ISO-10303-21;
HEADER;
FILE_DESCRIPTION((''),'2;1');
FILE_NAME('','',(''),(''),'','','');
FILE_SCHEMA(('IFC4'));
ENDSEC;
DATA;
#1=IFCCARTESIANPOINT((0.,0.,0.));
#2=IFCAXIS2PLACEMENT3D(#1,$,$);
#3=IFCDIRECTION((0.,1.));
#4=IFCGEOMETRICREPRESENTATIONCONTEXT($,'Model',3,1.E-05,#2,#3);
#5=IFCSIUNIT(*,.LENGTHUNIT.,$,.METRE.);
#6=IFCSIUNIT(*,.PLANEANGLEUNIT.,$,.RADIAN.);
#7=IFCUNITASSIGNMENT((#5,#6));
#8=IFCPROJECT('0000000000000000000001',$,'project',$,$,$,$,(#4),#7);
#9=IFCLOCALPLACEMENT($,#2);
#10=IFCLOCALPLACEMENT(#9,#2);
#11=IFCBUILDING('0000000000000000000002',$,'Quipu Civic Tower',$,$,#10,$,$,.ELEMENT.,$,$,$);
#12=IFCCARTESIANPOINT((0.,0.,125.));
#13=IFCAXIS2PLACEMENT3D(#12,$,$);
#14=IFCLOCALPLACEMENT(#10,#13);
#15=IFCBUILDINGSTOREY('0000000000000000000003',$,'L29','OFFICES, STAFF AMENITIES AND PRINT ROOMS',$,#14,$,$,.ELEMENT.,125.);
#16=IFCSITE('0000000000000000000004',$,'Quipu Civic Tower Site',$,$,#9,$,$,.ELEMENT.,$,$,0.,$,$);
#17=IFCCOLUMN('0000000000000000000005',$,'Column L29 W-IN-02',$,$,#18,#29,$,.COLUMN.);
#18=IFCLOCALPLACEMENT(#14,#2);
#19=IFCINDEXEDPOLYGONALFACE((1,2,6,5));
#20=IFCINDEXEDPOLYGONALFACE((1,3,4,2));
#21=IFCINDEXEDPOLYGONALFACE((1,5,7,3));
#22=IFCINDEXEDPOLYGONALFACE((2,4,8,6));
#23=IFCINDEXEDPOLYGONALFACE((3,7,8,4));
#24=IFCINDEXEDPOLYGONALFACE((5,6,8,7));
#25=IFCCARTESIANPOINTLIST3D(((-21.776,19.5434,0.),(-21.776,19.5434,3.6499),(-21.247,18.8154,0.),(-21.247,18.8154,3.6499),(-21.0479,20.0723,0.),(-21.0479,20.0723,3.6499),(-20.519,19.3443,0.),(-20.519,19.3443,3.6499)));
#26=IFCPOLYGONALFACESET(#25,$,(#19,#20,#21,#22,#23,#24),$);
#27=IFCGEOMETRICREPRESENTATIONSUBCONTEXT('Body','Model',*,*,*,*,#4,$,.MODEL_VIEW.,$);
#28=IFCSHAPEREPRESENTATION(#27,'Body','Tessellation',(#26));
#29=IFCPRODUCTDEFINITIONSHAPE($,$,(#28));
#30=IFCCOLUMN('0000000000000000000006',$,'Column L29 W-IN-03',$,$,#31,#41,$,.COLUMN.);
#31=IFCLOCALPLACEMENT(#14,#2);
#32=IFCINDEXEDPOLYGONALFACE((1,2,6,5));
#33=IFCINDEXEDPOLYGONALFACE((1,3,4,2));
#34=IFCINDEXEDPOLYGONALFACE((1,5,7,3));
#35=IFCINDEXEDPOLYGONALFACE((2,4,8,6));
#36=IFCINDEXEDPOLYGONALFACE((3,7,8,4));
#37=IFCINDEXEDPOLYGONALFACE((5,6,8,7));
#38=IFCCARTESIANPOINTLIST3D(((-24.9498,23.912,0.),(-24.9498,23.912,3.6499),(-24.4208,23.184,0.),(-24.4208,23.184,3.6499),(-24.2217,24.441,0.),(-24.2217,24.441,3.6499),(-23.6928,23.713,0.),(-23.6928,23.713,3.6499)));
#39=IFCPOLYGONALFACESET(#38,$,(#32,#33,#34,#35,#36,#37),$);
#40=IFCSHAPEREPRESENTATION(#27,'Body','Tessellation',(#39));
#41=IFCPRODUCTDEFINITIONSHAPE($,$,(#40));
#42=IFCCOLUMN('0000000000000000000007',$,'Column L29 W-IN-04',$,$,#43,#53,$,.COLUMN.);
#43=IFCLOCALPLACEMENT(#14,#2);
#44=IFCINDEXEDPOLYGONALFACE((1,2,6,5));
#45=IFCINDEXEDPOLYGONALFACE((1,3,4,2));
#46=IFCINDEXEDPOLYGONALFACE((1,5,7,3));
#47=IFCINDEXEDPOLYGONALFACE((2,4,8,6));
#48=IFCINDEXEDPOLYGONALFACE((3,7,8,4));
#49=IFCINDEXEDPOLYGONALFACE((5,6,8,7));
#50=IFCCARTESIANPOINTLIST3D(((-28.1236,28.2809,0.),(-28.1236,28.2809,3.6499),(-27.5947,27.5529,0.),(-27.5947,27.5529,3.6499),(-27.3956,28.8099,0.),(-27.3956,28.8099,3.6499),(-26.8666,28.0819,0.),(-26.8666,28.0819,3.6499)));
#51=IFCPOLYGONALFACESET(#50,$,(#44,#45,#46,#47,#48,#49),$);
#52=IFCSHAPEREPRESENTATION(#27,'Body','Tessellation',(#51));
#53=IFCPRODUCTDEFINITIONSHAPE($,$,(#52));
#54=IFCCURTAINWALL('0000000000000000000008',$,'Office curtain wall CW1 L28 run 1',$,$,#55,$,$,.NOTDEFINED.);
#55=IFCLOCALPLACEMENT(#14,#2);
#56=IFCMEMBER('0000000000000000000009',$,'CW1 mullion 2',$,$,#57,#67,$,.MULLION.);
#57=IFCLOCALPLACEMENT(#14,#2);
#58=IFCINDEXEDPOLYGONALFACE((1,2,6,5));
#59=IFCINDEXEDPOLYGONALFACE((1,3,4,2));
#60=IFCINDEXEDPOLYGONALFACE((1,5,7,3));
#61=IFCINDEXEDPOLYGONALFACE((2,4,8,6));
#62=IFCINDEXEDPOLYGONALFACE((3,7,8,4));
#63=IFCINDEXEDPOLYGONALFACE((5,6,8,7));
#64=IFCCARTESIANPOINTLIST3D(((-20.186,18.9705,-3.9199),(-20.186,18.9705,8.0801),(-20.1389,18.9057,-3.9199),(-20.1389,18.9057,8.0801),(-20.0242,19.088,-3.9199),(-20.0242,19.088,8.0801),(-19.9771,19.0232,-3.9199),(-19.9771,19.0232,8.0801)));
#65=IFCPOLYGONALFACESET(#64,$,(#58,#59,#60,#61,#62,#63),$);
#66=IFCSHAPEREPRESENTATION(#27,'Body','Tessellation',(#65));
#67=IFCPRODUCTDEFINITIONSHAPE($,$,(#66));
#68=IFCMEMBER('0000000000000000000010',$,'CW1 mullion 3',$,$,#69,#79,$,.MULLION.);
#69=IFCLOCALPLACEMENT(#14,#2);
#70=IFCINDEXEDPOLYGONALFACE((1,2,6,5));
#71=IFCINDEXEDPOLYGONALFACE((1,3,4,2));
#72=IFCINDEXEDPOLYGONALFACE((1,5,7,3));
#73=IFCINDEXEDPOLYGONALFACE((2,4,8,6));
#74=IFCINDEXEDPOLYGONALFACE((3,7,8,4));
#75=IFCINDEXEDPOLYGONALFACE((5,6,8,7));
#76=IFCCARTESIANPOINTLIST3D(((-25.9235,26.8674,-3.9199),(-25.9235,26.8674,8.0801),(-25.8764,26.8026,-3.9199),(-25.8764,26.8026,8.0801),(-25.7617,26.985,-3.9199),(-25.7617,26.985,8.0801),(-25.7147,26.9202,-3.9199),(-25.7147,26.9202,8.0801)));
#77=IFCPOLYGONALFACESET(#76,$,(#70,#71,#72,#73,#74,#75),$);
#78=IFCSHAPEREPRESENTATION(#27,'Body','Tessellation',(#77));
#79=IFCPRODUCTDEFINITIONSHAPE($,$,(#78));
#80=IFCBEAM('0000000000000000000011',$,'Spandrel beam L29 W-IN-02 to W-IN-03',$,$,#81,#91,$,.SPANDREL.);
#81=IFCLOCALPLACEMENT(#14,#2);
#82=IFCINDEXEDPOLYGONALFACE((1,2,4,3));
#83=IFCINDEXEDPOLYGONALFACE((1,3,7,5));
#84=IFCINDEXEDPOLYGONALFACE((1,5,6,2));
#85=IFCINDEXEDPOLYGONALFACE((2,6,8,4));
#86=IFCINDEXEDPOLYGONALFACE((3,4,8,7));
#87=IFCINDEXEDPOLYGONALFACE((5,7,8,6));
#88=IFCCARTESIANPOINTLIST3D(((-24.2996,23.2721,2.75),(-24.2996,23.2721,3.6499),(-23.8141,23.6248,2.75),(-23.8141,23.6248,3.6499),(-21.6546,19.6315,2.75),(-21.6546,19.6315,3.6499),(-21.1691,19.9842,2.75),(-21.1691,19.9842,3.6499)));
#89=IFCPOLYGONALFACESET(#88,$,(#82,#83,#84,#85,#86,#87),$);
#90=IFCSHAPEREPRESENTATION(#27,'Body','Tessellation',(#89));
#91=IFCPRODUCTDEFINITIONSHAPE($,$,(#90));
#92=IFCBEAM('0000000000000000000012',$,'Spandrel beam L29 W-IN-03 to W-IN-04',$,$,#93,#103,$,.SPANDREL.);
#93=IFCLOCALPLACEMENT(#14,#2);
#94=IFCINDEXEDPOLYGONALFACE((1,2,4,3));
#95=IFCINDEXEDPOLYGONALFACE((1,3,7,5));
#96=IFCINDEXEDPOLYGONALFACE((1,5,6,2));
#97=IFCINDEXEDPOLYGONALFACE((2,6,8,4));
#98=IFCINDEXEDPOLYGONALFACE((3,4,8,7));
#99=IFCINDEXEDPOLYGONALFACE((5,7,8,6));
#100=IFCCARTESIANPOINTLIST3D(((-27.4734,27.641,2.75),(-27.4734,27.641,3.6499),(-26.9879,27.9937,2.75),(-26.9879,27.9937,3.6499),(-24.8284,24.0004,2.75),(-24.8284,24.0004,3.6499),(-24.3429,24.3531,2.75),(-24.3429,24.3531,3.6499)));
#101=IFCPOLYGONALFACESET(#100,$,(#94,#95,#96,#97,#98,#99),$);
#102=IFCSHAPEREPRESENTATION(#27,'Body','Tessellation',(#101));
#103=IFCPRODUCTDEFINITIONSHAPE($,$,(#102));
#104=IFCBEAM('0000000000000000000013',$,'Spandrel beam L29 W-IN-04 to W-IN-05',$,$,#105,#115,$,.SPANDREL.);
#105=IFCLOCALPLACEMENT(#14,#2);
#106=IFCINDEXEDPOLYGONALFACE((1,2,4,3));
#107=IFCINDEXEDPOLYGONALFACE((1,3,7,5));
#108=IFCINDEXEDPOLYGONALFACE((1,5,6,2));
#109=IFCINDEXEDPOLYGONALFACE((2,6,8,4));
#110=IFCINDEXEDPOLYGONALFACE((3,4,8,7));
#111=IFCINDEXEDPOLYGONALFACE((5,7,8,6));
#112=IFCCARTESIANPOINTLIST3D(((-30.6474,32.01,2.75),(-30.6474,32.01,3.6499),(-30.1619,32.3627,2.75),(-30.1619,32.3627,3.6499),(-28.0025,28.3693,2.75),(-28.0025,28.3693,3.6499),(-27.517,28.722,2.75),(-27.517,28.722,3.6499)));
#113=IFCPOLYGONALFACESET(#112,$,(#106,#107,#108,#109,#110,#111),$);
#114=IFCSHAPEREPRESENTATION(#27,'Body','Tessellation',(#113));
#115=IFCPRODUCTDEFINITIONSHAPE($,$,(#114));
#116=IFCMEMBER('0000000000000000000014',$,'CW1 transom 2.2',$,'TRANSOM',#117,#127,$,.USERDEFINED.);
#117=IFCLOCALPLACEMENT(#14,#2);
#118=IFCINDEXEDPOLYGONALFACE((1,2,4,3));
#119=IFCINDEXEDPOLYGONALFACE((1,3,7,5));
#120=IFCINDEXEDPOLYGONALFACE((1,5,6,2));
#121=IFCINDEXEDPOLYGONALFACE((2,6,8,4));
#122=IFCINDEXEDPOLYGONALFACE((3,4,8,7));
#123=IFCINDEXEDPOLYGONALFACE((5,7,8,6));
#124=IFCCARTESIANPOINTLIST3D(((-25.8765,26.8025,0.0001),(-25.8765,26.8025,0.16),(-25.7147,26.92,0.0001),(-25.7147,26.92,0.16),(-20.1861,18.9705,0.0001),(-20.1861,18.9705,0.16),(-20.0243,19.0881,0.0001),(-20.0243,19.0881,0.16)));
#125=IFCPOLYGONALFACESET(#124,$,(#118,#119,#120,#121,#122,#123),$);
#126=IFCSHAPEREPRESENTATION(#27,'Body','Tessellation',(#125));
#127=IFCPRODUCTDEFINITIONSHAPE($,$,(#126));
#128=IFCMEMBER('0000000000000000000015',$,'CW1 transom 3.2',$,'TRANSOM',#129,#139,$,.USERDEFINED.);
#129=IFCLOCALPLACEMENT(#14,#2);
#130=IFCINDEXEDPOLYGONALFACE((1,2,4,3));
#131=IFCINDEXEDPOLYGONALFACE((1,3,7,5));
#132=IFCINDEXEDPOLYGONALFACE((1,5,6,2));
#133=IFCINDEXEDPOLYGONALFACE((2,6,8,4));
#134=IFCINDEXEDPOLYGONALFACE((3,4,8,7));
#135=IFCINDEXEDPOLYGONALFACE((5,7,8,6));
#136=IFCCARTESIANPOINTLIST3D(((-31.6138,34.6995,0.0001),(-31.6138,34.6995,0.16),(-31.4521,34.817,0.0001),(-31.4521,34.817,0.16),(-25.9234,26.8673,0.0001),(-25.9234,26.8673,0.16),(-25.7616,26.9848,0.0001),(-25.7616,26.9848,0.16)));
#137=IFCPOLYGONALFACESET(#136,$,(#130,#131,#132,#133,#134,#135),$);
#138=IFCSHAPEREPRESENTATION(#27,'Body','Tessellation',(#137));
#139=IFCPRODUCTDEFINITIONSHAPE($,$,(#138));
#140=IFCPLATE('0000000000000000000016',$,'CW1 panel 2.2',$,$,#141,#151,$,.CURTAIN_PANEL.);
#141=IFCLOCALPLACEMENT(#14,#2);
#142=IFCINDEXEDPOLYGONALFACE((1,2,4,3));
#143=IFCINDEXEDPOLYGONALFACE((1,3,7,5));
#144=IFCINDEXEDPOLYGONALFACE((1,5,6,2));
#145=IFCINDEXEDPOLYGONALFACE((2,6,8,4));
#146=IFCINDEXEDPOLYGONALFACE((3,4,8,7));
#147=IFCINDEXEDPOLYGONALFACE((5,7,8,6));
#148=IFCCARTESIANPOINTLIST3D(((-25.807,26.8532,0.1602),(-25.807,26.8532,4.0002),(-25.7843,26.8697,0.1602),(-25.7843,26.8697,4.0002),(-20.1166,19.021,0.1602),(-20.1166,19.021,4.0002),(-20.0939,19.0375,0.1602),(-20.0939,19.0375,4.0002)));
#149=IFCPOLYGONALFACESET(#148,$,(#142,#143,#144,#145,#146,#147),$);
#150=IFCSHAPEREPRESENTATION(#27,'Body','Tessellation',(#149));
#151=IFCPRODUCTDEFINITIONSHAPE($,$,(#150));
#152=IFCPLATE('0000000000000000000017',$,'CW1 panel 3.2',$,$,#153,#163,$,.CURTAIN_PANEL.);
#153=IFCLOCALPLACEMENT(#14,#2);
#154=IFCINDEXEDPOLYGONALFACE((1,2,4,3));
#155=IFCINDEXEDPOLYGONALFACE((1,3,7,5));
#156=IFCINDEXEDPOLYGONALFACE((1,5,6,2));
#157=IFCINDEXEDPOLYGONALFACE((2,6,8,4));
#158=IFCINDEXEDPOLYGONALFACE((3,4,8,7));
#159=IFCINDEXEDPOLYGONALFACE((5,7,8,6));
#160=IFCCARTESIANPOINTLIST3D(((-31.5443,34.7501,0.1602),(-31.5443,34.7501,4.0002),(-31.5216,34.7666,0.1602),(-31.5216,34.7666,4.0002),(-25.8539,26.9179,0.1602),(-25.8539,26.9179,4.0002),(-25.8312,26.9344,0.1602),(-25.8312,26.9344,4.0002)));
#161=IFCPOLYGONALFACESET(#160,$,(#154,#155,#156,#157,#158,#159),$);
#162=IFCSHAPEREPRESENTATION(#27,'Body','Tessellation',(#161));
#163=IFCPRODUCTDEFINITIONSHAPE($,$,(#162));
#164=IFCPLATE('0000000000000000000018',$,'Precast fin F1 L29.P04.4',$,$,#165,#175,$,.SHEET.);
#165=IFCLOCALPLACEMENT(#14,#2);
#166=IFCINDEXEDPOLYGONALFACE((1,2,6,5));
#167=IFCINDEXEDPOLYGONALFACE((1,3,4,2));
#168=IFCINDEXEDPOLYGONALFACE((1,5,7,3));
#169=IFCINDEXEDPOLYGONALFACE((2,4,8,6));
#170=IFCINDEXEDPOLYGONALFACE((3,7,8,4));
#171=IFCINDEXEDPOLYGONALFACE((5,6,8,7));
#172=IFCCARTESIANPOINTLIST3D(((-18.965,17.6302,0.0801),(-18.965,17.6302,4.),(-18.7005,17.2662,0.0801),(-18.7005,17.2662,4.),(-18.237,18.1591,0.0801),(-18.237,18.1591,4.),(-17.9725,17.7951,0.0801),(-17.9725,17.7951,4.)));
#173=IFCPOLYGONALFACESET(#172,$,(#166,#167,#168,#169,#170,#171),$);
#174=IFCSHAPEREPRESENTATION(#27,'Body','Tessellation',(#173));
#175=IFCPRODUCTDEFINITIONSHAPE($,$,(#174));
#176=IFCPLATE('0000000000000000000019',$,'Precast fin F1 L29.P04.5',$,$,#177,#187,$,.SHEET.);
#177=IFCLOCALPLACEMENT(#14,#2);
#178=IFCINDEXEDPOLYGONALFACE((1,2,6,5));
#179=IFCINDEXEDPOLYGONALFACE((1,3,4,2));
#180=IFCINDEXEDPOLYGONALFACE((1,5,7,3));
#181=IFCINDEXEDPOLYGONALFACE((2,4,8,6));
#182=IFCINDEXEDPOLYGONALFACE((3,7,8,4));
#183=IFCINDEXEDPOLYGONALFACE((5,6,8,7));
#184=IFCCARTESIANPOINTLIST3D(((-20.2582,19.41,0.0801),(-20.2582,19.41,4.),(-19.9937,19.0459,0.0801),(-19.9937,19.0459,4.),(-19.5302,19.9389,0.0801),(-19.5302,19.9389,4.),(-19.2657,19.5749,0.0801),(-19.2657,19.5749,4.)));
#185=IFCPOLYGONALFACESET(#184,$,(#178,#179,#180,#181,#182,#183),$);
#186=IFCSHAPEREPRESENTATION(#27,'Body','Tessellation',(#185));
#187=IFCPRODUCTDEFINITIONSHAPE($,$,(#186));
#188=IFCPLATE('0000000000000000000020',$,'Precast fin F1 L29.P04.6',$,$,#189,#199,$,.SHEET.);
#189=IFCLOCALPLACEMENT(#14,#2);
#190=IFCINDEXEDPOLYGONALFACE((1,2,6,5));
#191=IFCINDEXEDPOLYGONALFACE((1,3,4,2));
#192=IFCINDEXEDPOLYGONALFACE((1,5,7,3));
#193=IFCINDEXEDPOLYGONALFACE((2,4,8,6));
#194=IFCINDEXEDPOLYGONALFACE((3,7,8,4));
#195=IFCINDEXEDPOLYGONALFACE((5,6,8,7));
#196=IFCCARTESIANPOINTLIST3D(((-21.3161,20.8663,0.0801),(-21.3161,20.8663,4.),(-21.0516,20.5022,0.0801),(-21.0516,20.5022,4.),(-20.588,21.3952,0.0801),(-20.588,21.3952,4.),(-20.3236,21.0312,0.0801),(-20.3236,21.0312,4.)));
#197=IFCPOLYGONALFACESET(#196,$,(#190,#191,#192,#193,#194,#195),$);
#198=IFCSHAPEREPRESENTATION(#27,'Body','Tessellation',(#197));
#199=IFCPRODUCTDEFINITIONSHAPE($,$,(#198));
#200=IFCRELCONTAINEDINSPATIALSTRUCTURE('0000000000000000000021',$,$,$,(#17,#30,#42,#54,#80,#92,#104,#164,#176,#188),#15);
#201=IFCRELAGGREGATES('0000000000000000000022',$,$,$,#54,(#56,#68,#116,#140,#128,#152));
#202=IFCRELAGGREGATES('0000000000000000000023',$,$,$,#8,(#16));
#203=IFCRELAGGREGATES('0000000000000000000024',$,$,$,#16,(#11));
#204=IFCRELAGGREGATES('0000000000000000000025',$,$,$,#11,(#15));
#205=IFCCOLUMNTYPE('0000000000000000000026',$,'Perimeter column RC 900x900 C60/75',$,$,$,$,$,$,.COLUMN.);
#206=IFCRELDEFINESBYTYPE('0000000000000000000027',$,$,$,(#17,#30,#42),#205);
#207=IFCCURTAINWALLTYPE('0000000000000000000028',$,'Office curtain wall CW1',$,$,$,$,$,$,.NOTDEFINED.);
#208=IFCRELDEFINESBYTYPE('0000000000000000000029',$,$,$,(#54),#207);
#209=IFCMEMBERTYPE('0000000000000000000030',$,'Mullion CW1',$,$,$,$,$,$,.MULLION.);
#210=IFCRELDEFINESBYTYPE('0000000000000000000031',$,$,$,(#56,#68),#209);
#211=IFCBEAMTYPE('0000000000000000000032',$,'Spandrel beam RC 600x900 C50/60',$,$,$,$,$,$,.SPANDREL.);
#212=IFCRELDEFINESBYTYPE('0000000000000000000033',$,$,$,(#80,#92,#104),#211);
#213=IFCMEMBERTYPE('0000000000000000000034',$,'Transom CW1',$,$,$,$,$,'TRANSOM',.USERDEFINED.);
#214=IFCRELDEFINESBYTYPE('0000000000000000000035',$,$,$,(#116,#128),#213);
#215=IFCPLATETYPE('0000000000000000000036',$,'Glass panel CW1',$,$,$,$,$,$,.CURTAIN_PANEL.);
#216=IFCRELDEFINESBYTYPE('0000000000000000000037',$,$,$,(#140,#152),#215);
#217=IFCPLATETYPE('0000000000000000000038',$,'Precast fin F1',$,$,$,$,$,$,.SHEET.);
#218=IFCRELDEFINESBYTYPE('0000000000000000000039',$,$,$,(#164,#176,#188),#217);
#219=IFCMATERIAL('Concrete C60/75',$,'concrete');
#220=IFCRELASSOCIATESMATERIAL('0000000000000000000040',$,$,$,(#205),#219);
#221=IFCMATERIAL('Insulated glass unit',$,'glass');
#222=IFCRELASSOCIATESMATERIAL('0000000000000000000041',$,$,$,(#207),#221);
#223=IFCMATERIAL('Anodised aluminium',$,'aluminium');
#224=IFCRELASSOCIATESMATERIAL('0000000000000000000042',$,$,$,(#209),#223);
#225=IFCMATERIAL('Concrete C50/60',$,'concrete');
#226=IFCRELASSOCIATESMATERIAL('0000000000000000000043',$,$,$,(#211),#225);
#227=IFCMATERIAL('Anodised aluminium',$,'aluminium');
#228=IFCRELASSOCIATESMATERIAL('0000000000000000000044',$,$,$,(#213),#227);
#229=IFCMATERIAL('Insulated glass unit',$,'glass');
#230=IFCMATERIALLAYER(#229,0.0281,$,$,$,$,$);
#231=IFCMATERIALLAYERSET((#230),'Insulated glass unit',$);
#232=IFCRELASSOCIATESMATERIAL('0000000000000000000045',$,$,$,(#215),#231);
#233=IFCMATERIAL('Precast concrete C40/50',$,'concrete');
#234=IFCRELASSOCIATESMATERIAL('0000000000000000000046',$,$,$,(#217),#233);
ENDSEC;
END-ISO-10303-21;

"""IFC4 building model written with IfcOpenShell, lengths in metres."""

from ifc_helpers import new_model, si_unit, direction, frame, origin, origin_2d, place, context, subcontext, project, spatial, rectangle, extrude, material, layer, layer_set, material_profile, profile_set, type_object, element, aggregate, save


model = new_model("IFC4")

# Units and contexts
model_context = context("Model", 3, precision=1e-05, world=origin(), true_north=direction((0.0, 1.0)))
body_context = subcontext(model_context, "Body", "Model", "MODEL_VIEW")
ifc_project = project(units=[si_unit("LENGTHUNIT", "METRE"), si_unit("PLANEANGLEUNIT", "RADIAN")], contexts=[model_context])

# Site, building, storey
site_placement = place(None, origin())
site = spatial("IfcSite", under=ifc_project, at=site_placement, Name="Quipu Civic Tower Site", CompositionType="ELEMENT", RefElevation=0.0)
building_placement = place(site_placement, origin())
building = spatial("IfcBuilding", under=site, at=building_placement, Name="Quipu Civic Tower", CompositionType="ELEMENT")
storey_placement = place(building_placement, frame((0.0, 0.0, 125.0)))
storey = spatial("IfcBuildingStorey", under=building, at=storey_placement, Name="L29", Description="OFFICES, STAFF AMENITIES AND PRINT ROOMS", CompositionType="ELEMENT", Elevation=125.0)

# Columns
ifc_material_1 = material(Name="Concrete C60/75", Category="concrete")
ifc_material_profile_1 = material_profile(ifc_material_1, rectangle(XDim=0.8999, YDim=0.8999, at=origin_2d()), Name="RC900x900")
ifc_profile_set_1 = profile_set([ifc_material_profile_1], Name="Concrete C60/75")
column_type = type_object("IfcColumnType", Name="Perimeter column RC 900x900 C60/75", PredefinedType="COLUMN", material=ifc_profile_set_1)
for number, where, z_axis, x_axis, name in (
    (1, (-21.1475, 19.4438, 0.0), (0.0, 0.0, 1.0), (-0.587785, 0.809017, 0.0), "Column L29 W-IN-02"),
    (2, (-24.3213, 23.8125, 0.0), (0.0, 0.0, 1.0), (-0.587785, 0.809017, 0.0), "Column L29 W-IN-03"),
    (3, (-27.4951, 28.1814, 0.0), (0.0, 0.0, 1.0), (-0.587785, 0.809017, 0.0), "Column L29 W-IN-04"),
):
    element("IfcColumn", number, at=place(storey_placement, frame(where, z_axis=z_axis, x_axis=x_axis)), inside=storey, type_object=column_type, Name=name, PredefinedType="COLUMN", context=body_context, shape_type="SweptSolid", body=[
        extrude(rectangle(XDim=0.8999, YDim=0.8999, at=origin_2d()), origin(), (0.0, 0.0, 1.0), 3.6499),
    ])

# Curtain wall, members
ifc_material_2 = material(Name="Insulated glass unit", Category="glass")
curtain_wall_type = type_object("IfcCurtainWallType", Name="Office curtain wall CW1", PredefinedType="NOTDEFINED", material=ifc_material_2)
curtain_wall_placement = place(storey_placement, origin())
curtain_wall = element("IfcCurtainWall", 4, at=curtain_wall_placement, inside=storey, type_object=curtain_wall_type, Name="Office curtain wall CW1 L28 run 1", PredefinedType="NOTDEFINED")
ifc_material_3 = material(Name="Anodised aluminium", Category="aluminium")
ifc_material_profile_2 = material_profile(ifc_material_3, rectangle(XDim=0.2, YDim=0.0801, at=origin_2d()), Name="RECT 200x80")
ifc_profile_set_2 = profile_set([ifc_material_profile_2], Name="Anodised aluminium")
member_type_1 = type_object("IfcMemberType", Name="Mullion CW1", PredefinedType="MULLION", material=ifc_profile_set_2)
member_1_placement = place(storey_placement, frame((-20.0815, 18.9968, -3.9199), z_axis=(0.0, 0.0, 1.0), x_axis=(-0.809017, -0.587786, 0.0)))
member_1 = element("IfcMember", 5, at=member_1_placement, type_object=member_type_1, Name="CW1 mullion 2", PredefinedType="MULLION", context=body_context, shape_type="SweptSolid", body=[
    extrude(rectangle(XDim=0.2, YDim=0.0801, at=origin_2d()), origin(), (0.0, 0.0, 1.0), 12.0),
])
member_2_placement = place(storey_placement, frame((-25.8191, 26.8938, -3.9199), z_axis=(0.0, 0.0, 1.0), x_axis=(-0.809017, -0.587786, 0.0)))
member_2 = element("IfcMember", 6, at=member_2_placement, type_object=member_type_1, Name="CW1 mullion 3", PredefinedType="MULLION", context=body_context, shape_type="SweptSolid", body=[
    extrude(rectangle(XDim=0.2, YDim=0.0801, at=origin_2d()), origin(), (0.0, 0.0, 1.0), 12.0),
])

# Beams
ifc_material_4 = material(Name="Concrete C50/60", Category="concrete")
ifc_material_profile_3 = material_profile(ifc_material_4, rectangle(XDim=0.6001, YDim=0.8999, at=origin_2d()), Name="RC600x900")
ifc_profile_set_3 = profile_set([ifc_material_profile_3], Name="Concrete C50/60")
beam_type = type_object("IfcBeamType", Name="Spandrel beam RC 600x900 C50/60", PredefinedType="SPANDREL", material=ifc_profile_set_3)
for number, where, z_axis, x_axis, name in (
    (7, (-21.4119, 19.8079, 3.2), (-0.587778, 0.809022, 0.0), (-0.809022, -0.587778, 0.0), "Spandrel beam L29 W-IN-02 to W-IN-03"),
    (8, (-24.5857, 24.1768, 3.2), (-0.587778, 0.809022, 0.0), (-0.809022, -0.587778, 0.0), "Spandrel beam L29 W-IN-03 to W-IN-04"),
    (9, (-27.7598, 28.5457, 3.2), (-0.587743, 0.809048, 0.0), (-0.809048, -0.587743, 0.0), "Spandrel beam L29 W-IN-04 to W-IN-05"),
):
    element("IfcBeam", number, at=place(storey_placement, frame(where, z_axis=z_axis, x_axis=x_axis)), inside=storey, type_object=beam_type, Name=name, PredefinedType="SPANDREL", context=body_context, shape_type="SweptSolid", body=[
        extrude(rectangle(XDim=0.6001, YDim=0.8999, at=origin_2d()), origin(), (0.0, 0.0, 1.0), 4.5),
    ])

# Members
ifc_material_5 = material(Name="Anodised aluminium", Category="aluminium")
ifc_material_profile_4 = material_profile(ifc_material_5, rectangle(XDim=0.2, YDim=0.1599, at=origin_2d()), Name="RECT 200x160")
ifc_profile_set_4 = profile_set([ifc_material_profile_4], Name="Anodised aluminium")
member_type_2 = type_object("IfcMemberType", Name="Transom CW1", ElementType="TRANSOM", PredefinedType="USERDEFINED", material=ifc_profile_set_4)
member_3_placement = place(storey_placement, frame((-20.1052, 19.0293, 0.0801), z_axis=(-0.587794, 0.809011, 0.0), x_axis=(-0.809011, -0.587794, 0.0)))
member_3 = element("IfcMember", 10, at=member_3_placement, type_object=member_type_2, Name="CW1 transom 2.2", ObjectType="TRANSOM", PredefinedType="USERDEFINED", context=body_context, shape_type="SweptSolid", body=[
    extrude(rectangle(XDim=0.2, YDim=0.1599, at=origin_2d()), origin(), (0.0, 0.0, 1.0), 9.6809),
])
member_4_placement = place(storey_placement, frame((-25.8425, 26.926, 0.0801), z_axis=(-0.587782, 0.80902, 0.0), x_axis=(-0.80902, -0.587782, 0.0)))
member_4 = element("IfcMember", 11, at=member_4_placement, type_object=member_type_2, Name="CW1 transom 3.2", ObjectType="TRANSOM", PredefinedType="USERDEFINED", context=body_context, shape_type="SweptSolid", body=[
    extrude(rectangle(XDim=0.2, YDim=0.1599, at=origin_2d()), origin(), (0.0, 0.0, 1.0), 9.6812),
])

# Plates
ifc_material_6 = material(Name="Insulated glass unit", Category="glass")
ifc_layer_1 = layer(ifc_material_6, 0.0281)
ifc_layer_set_1 = layer_set([ifc_layer_1], Name="Insulated glass unit")
plate_type_1 = type_object("IfcPlateType", Name="Glass panel CW1", PredefinedType="CURTAIN_PANEL", material=ifc_layer_set_1)
plate_1_placement = place(storey_placement, frame((-22.9504, 22.9453, 0.1602), z_axis=(0.0, 0.0, 1.0), x_axis=(-0.587786, 0.809017, 0.0)))
plate_1 = element("IfcPlate", 12, at=plate_1_placement, type_object=plate_type_1, Name="CW1 panel 2.2", PredefinedType="CURTAIN_PANEL", context=body_context, shape_type="SweptSolid", body=[
    extrude(rectangle(XDim=9.6812, YDim=0.0281, at=origin_2d()), origin(), (0.0, 0.0, 1.0), 3.8401),
])
plate_2_placement = place(storey_placement, frame((-28.6877, 30.8423, 0.1602), z_axis=(0.0, 0.0, 1.0), x_axis=(-0.587786, 0.809017, 0.0)))
plate_2 = element("IfcPlate", 13, at=plate_2_placement, type_object=plate_type_1, Name="CW1 panel 3.2", PredefinedType="CURTAIN_PANEL", context=body_context, shape_type="SweptSolid", body=[
    extrude(rectangle(XDim=9.6812, YDim=0.0281, at=origin_2d()), origin(), (0.0, 0.0, 1.0), 3.8401),
])
aggregate(curtain_wall, [member_1, member_2, member_3, plate_1, member_4, plate_2])

# Plates
ifc_material_7 = material(Name="Precast concrete C40/50", Category="concrete")
plate_type_2 = type_object("IfcPlateType", Name="Precast fin F1", PredefinedType="SHEET", material=ifc_material_7)
for number, where, z_axis, x_axis, name in (
    (14, (-18.4688, 17.7126, 0.0801), (0.0, 0.0, 1.0), (-0.587785, 0.809017, 0.0), "Precast fin F1 L29.P04.4"),
    (15, (-19.762, 19.4924, 0.0801), (0.0, 0.0, 1.0), (-0.587785, 0.809017, 0.0), "Precast fin F1 L29.P04.5"),
    (16, (-20.8198, 20.9487, 0.0801), (0.0, 0.0, 1.0), (-0.587785, 0.809017, 0.0), "Precast fin F1 L29.P04.6"),
):
    element("IfcPlate", number, at=place(storey_placement, frame(where, z_axis=z_axis, x_axis=x_axis)), inside=storey, type_object=plate_type_2, Name=name, PredefinedType="SHEET", context=body_context, shape_type="SweptSolid", body=[
        extrude(rectangle(XDim=0.45, YDim=0.8999, at=origin_2d()), origin(), (0.0, 0.0, 1.0), 3.9199),
    ])

save(model, "model.ifc")
